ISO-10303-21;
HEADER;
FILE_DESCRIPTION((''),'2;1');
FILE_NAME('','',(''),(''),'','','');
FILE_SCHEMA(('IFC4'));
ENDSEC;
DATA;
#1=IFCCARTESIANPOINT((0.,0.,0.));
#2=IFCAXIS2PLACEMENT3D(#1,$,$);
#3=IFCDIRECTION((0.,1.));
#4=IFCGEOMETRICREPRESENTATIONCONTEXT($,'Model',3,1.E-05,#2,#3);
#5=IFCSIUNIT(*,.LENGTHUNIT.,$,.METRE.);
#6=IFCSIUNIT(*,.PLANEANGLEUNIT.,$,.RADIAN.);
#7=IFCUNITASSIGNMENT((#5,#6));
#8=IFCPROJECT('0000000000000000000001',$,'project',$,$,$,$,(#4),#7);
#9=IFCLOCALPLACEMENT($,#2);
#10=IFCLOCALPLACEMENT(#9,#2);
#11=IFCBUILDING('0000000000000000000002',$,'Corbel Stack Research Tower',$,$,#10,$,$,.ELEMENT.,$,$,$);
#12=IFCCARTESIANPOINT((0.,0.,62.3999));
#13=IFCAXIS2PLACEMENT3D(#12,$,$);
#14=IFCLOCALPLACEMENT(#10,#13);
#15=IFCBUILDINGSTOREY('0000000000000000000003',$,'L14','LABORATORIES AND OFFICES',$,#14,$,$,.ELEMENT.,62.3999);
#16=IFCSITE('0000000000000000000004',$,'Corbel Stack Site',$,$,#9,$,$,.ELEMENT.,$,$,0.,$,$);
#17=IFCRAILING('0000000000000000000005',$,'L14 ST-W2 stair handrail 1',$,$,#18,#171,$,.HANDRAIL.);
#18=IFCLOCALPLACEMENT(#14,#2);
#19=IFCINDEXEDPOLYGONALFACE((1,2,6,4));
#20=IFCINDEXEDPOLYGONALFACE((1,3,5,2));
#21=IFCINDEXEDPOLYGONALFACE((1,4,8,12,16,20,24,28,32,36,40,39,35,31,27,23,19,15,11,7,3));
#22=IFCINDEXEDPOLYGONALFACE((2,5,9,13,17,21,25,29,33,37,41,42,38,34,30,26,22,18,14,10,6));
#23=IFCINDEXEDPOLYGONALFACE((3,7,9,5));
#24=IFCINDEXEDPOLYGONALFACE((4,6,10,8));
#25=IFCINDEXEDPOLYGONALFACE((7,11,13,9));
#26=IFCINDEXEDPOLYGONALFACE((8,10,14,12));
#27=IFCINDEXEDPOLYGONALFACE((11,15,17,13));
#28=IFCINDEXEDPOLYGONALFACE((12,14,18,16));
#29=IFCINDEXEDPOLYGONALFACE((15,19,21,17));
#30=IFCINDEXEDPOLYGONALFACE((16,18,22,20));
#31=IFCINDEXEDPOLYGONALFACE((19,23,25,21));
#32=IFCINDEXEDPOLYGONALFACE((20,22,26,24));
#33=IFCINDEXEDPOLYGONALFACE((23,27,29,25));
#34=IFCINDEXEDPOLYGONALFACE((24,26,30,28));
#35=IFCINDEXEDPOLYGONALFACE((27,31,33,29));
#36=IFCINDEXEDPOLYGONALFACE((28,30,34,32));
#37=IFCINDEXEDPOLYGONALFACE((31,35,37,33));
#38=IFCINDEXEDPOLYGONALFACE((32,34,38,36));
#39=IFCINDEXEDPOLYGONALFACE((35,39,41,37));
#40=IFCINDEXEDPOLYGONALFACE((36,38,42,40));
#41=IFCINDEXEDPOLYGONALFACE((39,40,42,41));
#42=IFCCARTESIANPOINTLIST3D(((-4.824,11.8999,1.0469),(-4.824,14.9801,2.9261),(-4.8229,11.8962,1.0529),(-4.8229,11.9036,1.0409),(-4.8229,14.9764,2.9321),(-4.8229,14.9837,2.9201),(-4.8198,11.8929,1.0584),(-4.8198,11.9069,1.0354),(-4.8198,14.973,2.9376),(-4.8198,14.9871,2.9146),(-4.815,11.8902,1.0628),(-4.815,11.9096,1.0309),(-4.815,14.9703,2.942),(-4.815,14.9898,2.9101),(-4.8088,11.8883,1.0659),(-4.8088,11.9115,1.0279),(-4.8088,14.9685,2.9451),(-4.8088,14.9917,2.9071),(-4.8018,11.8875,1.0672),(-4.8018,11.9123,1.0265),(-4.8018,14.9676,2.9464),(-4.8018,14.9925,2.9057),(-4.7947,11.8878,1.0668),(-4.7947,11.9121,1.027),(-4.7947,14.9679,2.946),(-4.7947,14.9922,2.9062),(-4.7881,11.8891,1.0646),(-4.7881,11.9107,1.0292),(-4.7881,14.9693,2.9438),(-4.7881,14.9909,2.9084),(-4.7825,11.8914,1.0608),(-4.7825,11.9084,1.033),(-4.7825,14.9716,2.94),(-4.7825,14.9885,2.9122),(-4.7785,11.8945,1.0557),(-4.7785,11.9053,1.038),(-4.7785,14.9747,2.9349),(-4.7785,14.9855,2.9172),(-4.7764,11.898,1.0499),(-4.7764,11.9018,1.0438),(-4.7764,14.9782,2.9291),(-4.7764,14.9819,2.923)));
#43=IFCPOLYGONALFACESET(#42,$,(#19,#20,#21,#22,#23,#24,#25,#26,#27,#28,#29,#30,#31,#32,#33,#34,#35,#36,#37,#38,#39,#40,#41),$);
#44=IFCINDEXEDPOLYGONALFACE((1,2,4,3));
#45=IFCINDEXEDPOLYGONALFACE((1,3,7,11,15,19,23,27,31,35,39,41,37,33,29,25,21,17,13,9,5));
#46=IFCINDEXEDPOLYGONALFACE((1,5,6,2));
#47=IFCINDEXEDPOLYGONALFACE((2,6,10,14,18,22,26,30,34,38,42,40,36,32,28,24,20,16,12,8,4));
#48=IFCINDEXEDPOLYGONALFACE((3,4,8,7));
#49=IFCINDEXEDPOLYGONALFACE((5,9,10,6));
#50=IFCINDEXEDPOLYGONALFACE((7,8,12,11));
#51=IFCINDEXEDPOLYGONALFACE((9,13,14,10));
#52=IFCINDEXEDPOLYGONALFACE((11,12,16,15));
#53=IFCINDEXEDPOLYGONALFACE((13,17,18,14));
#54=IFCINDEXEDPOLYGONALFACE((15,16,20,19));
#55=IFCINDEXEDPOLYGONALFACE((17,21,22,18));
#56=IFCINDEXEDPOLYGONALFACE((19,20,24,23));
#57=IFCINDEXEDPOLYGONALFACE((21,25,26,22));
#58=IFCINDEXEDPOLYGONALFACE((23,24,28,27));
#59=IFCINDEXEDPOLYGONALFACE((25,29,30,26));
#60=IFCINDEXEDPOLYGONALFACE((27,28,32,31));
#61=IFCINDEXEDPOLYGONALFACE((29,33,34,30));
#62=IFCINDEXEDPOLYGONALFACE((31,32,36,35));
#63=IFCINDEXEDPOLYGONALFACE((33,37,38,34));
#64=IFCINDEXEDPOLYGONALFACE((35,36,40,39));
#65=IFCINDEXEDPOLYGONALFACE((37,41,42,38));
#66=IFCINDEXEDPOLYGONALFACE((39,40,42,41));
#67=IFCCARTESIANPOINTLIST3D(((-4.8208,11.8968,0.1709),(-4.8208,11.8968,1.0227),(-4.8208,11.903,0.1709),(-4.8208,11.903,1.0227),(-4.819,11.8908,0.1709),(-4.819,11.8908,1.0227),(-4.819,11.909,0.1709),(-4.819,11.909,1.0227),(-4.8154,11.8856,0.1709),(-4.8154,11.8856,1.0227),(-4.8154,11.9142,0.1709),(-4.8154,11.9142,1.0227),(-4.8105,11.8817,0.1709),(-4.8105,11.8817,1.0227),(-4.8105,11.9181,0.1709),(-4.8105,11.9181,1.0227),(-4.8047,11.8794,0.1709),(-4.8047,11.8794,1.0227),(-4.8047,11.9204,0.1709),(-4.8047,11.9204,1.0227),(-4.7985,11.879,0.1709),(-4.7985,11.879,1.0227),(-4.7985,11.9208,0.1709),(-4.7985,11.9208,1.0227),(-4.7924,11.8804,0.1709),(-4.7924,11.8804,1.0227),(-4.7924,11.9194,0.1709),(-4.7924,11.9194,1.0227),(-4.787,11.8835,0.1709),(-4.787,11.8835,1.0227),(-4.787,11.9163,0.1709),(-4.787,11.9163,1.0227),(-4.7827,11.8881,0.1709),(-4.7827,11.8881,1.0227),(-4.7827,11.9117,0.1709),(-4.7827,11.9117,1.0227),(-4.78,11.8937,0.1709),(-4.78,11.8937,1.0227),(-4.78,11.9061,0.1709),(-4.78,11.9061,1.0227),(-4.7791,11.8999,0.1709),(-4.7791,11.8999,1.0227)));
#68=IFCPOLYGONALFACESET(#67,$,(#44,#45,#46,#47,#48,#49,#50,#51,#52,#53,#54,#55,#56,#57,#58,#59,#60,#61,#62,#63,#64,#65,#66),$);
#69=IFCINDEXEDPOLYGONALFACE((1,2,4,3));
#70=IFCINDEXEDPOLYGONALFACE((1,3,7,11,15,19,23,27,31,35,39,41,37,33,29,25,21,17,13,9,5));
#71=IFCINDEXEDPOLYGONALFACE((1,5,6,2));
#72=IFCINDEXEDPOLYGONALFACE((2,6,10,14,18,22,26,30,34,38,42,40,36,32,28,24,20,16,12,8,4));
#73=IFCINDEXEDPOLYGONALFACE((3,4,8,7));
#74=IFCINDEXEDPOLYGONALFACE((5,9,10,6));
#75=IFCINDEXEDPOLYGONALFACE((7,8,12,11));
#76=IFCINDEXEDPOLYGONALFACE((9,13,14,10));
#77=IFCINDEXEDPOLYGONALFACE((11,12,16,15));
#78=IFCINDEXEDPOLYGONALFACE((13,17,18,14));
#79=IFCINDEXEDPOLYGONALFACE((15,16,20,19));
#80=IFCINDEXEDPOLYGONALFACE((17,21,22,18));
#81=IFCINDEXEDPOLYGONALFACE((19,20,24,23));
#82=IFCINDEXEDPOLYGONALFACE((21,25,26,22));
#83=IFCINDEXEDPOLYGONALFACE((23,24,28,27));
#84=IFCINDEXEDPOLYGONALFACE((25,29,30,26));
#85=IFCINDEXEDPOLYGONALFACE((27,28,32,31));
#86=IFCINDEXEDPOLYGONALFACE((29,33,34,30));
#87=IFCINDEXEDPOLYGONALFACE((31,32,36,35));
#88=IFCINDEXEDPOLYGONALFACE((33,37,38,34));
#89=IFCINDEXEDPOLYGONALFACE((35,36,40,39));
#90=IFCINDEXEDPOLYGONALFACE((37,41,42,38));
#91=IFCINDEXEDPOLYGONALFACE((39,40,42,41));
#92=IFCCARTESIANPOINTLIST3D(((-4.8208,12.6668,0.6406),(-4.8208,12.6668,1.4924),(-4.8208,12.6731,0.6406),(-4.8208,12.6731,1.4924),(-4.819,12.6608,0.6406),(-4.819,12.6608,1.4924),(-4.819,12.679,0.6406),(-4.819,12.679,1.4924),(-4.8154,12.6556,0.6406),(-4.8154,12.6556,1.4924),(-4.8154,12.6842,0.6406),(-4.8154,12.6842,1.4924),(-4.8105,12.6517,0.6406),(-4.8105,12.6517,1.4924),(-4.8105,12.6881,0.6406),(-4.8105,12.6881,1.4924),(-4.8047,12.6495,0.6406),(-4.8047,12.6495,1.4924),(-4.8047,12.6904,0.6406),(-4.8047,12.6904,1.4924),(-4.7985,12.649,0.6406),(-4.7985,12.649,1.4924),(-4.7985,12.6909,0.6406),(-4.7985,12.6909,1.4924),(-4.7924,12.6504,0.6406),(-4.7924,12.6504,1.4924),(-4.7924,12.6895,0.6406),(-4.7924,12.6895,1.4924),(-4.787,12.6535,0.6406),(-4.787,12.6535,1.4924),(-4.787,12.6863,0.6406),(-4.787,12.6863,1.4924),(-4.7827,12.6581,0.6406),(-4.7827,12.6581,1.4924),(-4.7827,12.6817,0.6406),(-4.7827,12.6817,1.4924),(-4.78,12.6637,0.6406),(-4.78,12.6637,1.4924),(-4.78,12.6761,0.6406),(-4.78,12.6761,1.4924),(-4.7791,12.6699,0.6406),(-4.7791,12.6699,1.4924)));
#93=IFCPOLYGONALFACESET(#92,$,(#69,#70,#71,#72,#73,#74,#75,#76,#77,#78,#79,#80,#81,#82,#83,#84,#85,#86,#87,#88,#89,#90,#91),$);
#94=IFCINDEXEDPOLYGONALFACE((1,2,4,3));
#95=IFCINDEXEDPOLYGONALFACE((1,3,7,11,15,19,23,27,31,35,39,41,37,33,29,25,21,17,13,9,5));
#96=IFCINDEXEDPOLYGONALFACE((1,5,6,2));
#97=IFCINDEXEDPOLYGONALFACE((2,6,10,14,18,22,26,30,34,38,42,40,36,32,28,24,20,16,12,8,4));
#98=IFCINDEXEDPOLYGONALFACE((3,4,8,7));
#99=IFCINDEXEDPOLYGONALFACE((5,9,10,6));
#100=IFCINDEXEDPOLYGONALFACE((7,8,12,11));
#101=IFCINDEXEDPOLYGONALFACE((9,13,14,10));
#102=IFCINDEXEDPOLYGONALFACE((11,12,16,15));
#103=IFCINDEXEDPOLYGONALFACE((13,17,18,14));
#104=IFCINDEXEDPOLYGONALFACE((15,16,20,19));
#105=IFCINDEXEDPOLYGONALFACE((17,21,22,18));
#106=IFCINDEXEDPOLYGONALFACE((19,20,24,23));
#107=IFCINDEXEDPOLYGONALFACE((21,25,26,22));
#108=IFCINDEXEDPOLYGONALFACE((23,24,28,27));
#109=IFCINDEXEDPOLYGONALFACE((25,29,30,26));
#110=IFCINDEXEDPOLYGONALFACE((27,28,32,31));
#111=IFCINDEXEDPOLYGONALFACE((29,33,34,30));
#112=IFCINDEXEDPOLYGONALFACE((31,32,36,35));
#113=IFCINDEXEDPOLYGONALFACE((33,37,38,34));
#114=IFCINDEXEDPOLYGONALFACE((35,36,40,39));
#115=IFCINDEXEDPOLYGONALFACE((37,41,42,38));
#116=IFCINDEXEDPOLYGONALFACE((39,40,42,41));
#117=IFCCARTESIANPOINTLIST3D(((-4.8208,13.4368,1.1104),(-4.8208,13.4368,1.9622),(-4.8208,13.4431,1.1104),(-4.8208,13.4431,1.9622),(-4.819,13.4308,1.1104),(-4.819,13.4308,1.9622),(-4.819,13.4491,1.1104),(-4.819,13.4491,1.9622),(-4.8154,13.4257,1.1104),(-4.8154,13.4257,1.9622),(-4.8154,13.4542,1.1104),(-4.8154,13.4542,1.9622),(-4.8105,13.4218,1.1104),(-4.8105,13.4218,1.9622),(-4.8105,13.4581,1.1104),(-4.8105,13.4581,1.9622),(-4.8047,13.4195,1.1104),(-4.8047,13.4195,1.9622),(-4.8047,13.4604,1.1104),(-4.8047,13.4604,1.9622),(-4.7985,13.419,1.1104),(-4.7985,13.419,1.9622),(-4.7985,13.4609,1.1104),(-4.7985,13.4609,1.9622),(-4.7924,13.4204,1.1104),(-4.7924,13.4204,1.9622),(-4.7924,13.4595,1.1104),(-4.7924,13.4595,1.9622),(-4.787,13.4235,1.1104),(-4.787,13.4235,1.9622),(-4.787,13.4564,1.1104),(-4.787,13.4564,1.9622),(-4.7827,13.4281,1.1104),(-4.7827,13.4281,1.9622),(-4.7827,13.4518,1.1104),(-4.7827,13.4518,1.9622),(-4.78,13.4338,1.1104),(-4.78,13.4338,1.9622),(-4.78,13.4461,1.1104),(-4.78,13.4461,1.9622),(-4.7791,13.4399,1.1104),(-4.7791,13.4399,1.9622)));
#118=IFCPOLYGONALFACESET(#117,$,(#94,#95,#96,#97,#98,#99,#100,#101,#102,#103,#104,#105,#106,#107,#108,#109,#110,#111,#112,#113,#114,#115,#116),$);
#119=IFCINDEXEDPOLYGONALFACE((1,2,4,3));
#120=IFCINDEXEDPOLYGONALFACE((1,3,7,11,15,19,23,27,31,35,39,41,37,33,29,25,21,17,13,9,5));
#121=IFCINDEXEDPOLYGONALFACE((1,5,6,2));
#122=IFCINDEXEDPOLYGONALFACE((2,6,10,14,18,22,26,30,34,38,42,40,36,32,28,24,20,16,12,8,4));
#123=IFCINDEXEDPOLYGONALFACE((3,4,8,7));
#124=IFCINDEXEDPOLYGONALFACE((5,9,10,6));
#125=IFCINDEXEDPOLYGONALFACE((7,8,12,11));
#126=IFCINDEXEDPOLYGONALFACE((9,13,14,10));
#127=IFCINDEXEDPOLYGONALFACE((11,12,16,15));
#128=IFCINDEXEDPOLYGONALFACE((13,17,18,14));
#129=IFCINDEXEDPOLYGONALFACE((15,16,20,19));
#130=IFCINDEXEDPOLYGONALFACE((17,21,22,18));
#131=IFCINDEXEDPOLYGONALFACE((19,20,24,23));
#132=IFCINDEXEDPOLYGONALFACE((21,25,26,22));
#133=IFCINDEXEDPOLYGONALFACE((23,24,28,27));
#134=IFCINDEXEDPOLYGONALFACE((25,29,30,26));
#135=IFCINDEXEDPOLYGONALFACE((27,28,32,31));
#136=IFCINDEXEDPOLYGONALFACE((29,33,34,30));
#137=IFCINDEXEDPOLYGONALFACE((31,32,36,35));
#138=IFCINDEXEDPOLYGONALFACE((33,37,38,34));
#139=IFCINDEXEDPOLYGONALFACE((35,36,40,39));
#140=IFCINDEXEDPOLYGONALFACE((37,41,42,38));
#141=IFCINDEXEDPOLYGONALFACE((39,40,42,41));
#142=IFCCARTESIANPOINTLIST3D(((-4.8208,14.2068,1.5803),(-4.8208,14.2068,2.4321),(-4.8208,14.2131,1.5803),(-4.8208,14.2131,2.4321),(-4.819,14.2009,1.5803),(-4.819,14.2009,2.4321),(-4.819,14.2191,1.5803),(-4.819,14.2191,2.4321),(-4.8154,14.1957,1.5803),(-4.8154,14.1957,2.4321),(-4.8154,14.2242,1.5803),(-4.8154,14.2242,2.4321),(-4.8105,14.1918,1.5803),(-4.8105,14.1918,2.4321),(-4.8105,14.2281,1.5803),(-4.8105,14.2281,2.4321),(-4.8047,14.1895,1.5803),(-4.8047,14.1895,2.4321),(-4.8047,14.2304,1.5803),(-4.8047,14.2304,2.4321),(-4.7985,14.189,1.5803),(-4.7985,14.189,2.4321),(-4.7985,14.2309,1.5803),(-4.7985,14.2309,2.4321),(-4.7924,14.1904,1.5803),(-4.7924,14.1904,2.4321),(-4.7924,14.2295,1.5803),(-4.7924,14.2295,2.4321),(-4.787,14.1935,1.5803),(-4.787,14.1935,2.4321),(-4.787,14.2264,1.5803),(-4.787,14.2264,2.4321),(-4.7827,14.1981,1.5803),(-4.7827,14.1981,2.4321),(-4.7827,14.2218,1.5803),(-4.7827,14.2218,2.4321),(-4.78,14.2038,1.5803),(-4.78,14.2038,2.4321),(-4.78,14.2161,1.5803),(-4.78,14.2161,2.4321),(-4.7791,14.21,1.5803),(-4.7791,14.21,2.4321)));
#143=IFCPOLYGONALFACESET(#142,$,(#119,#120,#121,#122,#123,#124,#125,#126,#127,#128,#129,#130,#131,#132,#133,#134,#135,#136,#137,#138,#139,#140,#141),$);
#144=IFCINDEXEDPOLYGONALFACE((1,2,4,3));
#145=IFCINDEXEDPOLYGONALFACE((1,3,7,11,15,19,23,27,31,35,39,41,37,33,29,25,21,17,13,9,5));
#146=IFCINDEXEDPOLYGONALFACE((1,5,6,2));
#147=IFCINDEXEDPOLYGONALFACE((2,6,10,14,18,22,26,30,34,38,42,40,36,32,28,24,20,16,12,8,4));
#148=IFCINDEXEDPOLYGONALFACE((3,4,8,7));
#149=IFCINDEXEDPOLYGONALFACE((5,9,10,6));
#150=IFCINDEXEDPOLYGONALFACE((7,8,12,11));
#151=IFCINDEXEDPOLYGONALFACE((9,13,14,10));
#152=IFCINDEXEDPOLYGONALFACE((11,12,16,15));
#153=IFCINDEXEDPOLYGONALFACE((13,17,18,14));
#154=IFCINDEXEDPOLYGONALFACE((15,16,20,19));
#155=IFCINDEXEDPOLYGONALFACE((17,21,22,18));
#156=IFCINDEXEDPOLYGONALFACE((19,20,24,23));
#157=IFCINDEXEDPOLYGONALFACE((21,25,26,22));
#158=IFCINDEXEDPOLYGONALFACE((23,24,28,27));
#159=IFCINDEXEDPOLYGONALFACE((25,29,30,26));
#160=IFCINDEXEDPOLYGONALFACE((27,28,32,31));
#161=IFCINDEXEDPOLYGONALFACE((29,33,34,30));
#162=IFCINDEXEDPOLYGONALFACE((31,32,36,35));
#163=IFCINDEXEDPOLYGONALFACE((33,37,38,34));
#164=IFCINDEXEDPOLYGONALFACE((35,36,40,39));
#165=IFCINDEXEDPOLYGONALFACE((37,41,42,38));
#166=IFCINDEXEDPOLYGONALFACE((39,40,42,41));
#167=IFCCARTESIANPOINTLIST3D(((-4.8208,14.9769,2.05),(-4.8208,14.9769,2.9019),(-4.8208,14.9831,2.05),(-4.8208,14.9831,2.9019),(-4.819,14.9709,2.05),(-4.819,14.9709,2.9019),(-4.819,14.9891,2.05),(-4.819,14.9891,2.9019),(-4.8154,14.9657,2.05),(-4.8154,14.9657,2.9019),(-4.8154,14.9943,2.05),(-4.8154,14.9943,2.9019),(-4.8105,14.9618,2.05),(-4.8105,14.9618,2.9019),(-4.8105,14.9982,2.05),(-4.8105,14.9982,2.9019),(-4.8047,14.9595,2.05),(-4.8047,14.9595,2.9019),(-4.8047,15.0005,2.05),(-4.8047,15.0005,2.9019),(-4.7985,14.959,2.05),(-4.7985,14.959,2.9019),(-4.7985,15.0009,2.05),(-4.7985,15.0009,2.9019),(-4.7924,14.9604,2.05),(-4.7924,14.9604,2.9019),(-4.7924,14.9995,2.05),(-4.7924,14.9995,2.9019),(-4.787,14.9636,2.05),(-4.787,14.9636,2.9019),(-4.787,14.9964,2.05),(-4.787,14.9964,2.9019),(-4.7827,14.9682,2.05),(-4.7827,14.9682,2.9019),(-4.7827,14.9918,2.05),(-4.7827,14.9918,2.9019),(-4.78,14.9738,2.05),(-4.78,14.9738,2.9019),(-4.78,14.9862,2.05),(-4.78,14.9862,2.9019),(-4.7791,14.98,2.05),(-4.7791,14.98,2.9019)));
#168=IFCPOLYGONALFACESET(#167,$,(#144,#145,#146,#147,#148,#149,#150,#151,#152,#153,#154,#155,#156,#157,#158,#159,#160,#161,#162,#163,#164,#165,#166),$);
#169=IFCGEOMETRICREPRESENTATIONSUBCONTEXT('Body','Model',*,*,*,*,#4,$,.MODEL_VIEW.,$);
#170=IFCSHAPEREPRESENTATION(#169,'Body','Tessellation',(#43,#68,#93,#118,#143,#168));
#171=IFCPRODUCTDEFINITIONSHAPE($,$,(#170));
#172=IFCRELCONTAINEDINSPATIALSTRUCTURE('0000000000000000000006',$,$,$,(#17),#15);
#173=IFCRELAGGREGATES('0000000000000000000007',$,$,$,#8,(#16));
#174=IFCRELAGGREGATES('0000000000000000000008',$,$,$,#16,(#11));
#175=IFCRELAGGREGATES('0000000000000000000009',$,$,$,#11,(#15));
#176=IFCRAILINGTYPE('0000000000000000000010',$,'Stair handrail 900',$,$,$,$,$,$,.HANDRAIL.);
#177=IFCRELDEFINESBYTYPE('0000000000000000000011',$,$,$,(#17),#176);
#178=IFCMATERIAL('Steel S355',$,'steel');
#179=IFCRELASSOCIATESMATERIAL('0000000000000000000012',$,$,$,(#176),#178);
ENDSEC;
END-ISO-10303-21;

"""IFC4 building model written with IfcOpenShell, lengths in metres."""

from ifc_helpers import new_model, si_unit, direction, frame, origin, origin_2d, place, context, subcontext, project, spatial, circle, extrude, material, type_object, element, save


model = new_model("IFC4")

# Units and contexts
model_context = context("Model", 3, precision=1e-05, world=origin(), true_north=direction((0.0, 1.0)))
body_context = subcontext(model_context, "Body", "Model", "MODEL_VIEW")
ifc_project = project(units=[si_unit("LENGTHUNIT", "METRE"), si_unit("PLANEANGLEUNIT", "RADIAN")], contexts=[model_context])

# Site, building, storey
site_placement = place(None, origin())
site = spatial("IfcSite", under=ifc_project, at=site_placement, Name="Corbel Stack Site", CompositionType="ELEMENT", RefElevation=0.0)
building_placement = place(site_placement, origin())
building = spatial("IfcBuilding", under=site, at=building_placement, Name="Corbel Stack Research Tower", CompositionType="ELEMENT")
storey_placement = place(building_placement, frame((0.0, 0.0, 62.3999)))
storey = spatial("IfcBuildingStorey", under=building, at=storey_placement, Name="L14", Description="LABORATORIES AND OFFICES", CompositionType="ELEMENT", Elevation=62.3999)

# Railing
ifc_material_1 = material(Name="Steel S355", Category="steel")
railing_type_1 = type_object("IfcRailingType", Name="Stair handrail 900", PredefinedType="HANDRAIL", material=ifc_material_1)
railing_1_placement = place(storey_placement, frame((-4.8, 11.8999, 0.1709)))
element("IfcRailing", 1, at=railing_1_placement, inside=storey, type_object=railing_type_1, Name="L14 ST-W2 stair handrail 1", PredefinedType="HANDRAIL", context=body_context, shape_type="SweptSolid", body=[
    extrude(circle(Radius=0.0239, at=origin_2d()), frame((0.0, 0.0, 0.876), z_axis=(0.0, 0.853666, 0.52082), x_axis=(-1.0, 0.0, 0.0)), (0.0, 0.0, 1.0), 3.6082),
    extrude(circle(Radius=0.021, at=origin_2d()), origin(), (0.0, 0.0, 1.0), 0.8518),
    extrude(circle(Radius=0.021, at=origin_2d()), frame((0.0, 0.77, 0.4697)), (0.0, 0.0, 1.0), 0.8518),
    extrude(circle(Radius=0.021, at=origin_2d()), frame((0.0, 1.54, 0.9395)), (0.0, 0.0, 1.0), 0.8518),
    extrude(circle(Radius=0.021, at=origin_2d()), frame((0.0, 2.3101, 1.4094)), (0.0, 0.0, 1.0), 0.8518),
    extrude(circle(Radius=0.021, at=origin_2d()), frame((0.0, 3.0801, 1.8792)), (0.0, 0.0, 1.0), 0.8518),
])

save(model, "model.ifc")
